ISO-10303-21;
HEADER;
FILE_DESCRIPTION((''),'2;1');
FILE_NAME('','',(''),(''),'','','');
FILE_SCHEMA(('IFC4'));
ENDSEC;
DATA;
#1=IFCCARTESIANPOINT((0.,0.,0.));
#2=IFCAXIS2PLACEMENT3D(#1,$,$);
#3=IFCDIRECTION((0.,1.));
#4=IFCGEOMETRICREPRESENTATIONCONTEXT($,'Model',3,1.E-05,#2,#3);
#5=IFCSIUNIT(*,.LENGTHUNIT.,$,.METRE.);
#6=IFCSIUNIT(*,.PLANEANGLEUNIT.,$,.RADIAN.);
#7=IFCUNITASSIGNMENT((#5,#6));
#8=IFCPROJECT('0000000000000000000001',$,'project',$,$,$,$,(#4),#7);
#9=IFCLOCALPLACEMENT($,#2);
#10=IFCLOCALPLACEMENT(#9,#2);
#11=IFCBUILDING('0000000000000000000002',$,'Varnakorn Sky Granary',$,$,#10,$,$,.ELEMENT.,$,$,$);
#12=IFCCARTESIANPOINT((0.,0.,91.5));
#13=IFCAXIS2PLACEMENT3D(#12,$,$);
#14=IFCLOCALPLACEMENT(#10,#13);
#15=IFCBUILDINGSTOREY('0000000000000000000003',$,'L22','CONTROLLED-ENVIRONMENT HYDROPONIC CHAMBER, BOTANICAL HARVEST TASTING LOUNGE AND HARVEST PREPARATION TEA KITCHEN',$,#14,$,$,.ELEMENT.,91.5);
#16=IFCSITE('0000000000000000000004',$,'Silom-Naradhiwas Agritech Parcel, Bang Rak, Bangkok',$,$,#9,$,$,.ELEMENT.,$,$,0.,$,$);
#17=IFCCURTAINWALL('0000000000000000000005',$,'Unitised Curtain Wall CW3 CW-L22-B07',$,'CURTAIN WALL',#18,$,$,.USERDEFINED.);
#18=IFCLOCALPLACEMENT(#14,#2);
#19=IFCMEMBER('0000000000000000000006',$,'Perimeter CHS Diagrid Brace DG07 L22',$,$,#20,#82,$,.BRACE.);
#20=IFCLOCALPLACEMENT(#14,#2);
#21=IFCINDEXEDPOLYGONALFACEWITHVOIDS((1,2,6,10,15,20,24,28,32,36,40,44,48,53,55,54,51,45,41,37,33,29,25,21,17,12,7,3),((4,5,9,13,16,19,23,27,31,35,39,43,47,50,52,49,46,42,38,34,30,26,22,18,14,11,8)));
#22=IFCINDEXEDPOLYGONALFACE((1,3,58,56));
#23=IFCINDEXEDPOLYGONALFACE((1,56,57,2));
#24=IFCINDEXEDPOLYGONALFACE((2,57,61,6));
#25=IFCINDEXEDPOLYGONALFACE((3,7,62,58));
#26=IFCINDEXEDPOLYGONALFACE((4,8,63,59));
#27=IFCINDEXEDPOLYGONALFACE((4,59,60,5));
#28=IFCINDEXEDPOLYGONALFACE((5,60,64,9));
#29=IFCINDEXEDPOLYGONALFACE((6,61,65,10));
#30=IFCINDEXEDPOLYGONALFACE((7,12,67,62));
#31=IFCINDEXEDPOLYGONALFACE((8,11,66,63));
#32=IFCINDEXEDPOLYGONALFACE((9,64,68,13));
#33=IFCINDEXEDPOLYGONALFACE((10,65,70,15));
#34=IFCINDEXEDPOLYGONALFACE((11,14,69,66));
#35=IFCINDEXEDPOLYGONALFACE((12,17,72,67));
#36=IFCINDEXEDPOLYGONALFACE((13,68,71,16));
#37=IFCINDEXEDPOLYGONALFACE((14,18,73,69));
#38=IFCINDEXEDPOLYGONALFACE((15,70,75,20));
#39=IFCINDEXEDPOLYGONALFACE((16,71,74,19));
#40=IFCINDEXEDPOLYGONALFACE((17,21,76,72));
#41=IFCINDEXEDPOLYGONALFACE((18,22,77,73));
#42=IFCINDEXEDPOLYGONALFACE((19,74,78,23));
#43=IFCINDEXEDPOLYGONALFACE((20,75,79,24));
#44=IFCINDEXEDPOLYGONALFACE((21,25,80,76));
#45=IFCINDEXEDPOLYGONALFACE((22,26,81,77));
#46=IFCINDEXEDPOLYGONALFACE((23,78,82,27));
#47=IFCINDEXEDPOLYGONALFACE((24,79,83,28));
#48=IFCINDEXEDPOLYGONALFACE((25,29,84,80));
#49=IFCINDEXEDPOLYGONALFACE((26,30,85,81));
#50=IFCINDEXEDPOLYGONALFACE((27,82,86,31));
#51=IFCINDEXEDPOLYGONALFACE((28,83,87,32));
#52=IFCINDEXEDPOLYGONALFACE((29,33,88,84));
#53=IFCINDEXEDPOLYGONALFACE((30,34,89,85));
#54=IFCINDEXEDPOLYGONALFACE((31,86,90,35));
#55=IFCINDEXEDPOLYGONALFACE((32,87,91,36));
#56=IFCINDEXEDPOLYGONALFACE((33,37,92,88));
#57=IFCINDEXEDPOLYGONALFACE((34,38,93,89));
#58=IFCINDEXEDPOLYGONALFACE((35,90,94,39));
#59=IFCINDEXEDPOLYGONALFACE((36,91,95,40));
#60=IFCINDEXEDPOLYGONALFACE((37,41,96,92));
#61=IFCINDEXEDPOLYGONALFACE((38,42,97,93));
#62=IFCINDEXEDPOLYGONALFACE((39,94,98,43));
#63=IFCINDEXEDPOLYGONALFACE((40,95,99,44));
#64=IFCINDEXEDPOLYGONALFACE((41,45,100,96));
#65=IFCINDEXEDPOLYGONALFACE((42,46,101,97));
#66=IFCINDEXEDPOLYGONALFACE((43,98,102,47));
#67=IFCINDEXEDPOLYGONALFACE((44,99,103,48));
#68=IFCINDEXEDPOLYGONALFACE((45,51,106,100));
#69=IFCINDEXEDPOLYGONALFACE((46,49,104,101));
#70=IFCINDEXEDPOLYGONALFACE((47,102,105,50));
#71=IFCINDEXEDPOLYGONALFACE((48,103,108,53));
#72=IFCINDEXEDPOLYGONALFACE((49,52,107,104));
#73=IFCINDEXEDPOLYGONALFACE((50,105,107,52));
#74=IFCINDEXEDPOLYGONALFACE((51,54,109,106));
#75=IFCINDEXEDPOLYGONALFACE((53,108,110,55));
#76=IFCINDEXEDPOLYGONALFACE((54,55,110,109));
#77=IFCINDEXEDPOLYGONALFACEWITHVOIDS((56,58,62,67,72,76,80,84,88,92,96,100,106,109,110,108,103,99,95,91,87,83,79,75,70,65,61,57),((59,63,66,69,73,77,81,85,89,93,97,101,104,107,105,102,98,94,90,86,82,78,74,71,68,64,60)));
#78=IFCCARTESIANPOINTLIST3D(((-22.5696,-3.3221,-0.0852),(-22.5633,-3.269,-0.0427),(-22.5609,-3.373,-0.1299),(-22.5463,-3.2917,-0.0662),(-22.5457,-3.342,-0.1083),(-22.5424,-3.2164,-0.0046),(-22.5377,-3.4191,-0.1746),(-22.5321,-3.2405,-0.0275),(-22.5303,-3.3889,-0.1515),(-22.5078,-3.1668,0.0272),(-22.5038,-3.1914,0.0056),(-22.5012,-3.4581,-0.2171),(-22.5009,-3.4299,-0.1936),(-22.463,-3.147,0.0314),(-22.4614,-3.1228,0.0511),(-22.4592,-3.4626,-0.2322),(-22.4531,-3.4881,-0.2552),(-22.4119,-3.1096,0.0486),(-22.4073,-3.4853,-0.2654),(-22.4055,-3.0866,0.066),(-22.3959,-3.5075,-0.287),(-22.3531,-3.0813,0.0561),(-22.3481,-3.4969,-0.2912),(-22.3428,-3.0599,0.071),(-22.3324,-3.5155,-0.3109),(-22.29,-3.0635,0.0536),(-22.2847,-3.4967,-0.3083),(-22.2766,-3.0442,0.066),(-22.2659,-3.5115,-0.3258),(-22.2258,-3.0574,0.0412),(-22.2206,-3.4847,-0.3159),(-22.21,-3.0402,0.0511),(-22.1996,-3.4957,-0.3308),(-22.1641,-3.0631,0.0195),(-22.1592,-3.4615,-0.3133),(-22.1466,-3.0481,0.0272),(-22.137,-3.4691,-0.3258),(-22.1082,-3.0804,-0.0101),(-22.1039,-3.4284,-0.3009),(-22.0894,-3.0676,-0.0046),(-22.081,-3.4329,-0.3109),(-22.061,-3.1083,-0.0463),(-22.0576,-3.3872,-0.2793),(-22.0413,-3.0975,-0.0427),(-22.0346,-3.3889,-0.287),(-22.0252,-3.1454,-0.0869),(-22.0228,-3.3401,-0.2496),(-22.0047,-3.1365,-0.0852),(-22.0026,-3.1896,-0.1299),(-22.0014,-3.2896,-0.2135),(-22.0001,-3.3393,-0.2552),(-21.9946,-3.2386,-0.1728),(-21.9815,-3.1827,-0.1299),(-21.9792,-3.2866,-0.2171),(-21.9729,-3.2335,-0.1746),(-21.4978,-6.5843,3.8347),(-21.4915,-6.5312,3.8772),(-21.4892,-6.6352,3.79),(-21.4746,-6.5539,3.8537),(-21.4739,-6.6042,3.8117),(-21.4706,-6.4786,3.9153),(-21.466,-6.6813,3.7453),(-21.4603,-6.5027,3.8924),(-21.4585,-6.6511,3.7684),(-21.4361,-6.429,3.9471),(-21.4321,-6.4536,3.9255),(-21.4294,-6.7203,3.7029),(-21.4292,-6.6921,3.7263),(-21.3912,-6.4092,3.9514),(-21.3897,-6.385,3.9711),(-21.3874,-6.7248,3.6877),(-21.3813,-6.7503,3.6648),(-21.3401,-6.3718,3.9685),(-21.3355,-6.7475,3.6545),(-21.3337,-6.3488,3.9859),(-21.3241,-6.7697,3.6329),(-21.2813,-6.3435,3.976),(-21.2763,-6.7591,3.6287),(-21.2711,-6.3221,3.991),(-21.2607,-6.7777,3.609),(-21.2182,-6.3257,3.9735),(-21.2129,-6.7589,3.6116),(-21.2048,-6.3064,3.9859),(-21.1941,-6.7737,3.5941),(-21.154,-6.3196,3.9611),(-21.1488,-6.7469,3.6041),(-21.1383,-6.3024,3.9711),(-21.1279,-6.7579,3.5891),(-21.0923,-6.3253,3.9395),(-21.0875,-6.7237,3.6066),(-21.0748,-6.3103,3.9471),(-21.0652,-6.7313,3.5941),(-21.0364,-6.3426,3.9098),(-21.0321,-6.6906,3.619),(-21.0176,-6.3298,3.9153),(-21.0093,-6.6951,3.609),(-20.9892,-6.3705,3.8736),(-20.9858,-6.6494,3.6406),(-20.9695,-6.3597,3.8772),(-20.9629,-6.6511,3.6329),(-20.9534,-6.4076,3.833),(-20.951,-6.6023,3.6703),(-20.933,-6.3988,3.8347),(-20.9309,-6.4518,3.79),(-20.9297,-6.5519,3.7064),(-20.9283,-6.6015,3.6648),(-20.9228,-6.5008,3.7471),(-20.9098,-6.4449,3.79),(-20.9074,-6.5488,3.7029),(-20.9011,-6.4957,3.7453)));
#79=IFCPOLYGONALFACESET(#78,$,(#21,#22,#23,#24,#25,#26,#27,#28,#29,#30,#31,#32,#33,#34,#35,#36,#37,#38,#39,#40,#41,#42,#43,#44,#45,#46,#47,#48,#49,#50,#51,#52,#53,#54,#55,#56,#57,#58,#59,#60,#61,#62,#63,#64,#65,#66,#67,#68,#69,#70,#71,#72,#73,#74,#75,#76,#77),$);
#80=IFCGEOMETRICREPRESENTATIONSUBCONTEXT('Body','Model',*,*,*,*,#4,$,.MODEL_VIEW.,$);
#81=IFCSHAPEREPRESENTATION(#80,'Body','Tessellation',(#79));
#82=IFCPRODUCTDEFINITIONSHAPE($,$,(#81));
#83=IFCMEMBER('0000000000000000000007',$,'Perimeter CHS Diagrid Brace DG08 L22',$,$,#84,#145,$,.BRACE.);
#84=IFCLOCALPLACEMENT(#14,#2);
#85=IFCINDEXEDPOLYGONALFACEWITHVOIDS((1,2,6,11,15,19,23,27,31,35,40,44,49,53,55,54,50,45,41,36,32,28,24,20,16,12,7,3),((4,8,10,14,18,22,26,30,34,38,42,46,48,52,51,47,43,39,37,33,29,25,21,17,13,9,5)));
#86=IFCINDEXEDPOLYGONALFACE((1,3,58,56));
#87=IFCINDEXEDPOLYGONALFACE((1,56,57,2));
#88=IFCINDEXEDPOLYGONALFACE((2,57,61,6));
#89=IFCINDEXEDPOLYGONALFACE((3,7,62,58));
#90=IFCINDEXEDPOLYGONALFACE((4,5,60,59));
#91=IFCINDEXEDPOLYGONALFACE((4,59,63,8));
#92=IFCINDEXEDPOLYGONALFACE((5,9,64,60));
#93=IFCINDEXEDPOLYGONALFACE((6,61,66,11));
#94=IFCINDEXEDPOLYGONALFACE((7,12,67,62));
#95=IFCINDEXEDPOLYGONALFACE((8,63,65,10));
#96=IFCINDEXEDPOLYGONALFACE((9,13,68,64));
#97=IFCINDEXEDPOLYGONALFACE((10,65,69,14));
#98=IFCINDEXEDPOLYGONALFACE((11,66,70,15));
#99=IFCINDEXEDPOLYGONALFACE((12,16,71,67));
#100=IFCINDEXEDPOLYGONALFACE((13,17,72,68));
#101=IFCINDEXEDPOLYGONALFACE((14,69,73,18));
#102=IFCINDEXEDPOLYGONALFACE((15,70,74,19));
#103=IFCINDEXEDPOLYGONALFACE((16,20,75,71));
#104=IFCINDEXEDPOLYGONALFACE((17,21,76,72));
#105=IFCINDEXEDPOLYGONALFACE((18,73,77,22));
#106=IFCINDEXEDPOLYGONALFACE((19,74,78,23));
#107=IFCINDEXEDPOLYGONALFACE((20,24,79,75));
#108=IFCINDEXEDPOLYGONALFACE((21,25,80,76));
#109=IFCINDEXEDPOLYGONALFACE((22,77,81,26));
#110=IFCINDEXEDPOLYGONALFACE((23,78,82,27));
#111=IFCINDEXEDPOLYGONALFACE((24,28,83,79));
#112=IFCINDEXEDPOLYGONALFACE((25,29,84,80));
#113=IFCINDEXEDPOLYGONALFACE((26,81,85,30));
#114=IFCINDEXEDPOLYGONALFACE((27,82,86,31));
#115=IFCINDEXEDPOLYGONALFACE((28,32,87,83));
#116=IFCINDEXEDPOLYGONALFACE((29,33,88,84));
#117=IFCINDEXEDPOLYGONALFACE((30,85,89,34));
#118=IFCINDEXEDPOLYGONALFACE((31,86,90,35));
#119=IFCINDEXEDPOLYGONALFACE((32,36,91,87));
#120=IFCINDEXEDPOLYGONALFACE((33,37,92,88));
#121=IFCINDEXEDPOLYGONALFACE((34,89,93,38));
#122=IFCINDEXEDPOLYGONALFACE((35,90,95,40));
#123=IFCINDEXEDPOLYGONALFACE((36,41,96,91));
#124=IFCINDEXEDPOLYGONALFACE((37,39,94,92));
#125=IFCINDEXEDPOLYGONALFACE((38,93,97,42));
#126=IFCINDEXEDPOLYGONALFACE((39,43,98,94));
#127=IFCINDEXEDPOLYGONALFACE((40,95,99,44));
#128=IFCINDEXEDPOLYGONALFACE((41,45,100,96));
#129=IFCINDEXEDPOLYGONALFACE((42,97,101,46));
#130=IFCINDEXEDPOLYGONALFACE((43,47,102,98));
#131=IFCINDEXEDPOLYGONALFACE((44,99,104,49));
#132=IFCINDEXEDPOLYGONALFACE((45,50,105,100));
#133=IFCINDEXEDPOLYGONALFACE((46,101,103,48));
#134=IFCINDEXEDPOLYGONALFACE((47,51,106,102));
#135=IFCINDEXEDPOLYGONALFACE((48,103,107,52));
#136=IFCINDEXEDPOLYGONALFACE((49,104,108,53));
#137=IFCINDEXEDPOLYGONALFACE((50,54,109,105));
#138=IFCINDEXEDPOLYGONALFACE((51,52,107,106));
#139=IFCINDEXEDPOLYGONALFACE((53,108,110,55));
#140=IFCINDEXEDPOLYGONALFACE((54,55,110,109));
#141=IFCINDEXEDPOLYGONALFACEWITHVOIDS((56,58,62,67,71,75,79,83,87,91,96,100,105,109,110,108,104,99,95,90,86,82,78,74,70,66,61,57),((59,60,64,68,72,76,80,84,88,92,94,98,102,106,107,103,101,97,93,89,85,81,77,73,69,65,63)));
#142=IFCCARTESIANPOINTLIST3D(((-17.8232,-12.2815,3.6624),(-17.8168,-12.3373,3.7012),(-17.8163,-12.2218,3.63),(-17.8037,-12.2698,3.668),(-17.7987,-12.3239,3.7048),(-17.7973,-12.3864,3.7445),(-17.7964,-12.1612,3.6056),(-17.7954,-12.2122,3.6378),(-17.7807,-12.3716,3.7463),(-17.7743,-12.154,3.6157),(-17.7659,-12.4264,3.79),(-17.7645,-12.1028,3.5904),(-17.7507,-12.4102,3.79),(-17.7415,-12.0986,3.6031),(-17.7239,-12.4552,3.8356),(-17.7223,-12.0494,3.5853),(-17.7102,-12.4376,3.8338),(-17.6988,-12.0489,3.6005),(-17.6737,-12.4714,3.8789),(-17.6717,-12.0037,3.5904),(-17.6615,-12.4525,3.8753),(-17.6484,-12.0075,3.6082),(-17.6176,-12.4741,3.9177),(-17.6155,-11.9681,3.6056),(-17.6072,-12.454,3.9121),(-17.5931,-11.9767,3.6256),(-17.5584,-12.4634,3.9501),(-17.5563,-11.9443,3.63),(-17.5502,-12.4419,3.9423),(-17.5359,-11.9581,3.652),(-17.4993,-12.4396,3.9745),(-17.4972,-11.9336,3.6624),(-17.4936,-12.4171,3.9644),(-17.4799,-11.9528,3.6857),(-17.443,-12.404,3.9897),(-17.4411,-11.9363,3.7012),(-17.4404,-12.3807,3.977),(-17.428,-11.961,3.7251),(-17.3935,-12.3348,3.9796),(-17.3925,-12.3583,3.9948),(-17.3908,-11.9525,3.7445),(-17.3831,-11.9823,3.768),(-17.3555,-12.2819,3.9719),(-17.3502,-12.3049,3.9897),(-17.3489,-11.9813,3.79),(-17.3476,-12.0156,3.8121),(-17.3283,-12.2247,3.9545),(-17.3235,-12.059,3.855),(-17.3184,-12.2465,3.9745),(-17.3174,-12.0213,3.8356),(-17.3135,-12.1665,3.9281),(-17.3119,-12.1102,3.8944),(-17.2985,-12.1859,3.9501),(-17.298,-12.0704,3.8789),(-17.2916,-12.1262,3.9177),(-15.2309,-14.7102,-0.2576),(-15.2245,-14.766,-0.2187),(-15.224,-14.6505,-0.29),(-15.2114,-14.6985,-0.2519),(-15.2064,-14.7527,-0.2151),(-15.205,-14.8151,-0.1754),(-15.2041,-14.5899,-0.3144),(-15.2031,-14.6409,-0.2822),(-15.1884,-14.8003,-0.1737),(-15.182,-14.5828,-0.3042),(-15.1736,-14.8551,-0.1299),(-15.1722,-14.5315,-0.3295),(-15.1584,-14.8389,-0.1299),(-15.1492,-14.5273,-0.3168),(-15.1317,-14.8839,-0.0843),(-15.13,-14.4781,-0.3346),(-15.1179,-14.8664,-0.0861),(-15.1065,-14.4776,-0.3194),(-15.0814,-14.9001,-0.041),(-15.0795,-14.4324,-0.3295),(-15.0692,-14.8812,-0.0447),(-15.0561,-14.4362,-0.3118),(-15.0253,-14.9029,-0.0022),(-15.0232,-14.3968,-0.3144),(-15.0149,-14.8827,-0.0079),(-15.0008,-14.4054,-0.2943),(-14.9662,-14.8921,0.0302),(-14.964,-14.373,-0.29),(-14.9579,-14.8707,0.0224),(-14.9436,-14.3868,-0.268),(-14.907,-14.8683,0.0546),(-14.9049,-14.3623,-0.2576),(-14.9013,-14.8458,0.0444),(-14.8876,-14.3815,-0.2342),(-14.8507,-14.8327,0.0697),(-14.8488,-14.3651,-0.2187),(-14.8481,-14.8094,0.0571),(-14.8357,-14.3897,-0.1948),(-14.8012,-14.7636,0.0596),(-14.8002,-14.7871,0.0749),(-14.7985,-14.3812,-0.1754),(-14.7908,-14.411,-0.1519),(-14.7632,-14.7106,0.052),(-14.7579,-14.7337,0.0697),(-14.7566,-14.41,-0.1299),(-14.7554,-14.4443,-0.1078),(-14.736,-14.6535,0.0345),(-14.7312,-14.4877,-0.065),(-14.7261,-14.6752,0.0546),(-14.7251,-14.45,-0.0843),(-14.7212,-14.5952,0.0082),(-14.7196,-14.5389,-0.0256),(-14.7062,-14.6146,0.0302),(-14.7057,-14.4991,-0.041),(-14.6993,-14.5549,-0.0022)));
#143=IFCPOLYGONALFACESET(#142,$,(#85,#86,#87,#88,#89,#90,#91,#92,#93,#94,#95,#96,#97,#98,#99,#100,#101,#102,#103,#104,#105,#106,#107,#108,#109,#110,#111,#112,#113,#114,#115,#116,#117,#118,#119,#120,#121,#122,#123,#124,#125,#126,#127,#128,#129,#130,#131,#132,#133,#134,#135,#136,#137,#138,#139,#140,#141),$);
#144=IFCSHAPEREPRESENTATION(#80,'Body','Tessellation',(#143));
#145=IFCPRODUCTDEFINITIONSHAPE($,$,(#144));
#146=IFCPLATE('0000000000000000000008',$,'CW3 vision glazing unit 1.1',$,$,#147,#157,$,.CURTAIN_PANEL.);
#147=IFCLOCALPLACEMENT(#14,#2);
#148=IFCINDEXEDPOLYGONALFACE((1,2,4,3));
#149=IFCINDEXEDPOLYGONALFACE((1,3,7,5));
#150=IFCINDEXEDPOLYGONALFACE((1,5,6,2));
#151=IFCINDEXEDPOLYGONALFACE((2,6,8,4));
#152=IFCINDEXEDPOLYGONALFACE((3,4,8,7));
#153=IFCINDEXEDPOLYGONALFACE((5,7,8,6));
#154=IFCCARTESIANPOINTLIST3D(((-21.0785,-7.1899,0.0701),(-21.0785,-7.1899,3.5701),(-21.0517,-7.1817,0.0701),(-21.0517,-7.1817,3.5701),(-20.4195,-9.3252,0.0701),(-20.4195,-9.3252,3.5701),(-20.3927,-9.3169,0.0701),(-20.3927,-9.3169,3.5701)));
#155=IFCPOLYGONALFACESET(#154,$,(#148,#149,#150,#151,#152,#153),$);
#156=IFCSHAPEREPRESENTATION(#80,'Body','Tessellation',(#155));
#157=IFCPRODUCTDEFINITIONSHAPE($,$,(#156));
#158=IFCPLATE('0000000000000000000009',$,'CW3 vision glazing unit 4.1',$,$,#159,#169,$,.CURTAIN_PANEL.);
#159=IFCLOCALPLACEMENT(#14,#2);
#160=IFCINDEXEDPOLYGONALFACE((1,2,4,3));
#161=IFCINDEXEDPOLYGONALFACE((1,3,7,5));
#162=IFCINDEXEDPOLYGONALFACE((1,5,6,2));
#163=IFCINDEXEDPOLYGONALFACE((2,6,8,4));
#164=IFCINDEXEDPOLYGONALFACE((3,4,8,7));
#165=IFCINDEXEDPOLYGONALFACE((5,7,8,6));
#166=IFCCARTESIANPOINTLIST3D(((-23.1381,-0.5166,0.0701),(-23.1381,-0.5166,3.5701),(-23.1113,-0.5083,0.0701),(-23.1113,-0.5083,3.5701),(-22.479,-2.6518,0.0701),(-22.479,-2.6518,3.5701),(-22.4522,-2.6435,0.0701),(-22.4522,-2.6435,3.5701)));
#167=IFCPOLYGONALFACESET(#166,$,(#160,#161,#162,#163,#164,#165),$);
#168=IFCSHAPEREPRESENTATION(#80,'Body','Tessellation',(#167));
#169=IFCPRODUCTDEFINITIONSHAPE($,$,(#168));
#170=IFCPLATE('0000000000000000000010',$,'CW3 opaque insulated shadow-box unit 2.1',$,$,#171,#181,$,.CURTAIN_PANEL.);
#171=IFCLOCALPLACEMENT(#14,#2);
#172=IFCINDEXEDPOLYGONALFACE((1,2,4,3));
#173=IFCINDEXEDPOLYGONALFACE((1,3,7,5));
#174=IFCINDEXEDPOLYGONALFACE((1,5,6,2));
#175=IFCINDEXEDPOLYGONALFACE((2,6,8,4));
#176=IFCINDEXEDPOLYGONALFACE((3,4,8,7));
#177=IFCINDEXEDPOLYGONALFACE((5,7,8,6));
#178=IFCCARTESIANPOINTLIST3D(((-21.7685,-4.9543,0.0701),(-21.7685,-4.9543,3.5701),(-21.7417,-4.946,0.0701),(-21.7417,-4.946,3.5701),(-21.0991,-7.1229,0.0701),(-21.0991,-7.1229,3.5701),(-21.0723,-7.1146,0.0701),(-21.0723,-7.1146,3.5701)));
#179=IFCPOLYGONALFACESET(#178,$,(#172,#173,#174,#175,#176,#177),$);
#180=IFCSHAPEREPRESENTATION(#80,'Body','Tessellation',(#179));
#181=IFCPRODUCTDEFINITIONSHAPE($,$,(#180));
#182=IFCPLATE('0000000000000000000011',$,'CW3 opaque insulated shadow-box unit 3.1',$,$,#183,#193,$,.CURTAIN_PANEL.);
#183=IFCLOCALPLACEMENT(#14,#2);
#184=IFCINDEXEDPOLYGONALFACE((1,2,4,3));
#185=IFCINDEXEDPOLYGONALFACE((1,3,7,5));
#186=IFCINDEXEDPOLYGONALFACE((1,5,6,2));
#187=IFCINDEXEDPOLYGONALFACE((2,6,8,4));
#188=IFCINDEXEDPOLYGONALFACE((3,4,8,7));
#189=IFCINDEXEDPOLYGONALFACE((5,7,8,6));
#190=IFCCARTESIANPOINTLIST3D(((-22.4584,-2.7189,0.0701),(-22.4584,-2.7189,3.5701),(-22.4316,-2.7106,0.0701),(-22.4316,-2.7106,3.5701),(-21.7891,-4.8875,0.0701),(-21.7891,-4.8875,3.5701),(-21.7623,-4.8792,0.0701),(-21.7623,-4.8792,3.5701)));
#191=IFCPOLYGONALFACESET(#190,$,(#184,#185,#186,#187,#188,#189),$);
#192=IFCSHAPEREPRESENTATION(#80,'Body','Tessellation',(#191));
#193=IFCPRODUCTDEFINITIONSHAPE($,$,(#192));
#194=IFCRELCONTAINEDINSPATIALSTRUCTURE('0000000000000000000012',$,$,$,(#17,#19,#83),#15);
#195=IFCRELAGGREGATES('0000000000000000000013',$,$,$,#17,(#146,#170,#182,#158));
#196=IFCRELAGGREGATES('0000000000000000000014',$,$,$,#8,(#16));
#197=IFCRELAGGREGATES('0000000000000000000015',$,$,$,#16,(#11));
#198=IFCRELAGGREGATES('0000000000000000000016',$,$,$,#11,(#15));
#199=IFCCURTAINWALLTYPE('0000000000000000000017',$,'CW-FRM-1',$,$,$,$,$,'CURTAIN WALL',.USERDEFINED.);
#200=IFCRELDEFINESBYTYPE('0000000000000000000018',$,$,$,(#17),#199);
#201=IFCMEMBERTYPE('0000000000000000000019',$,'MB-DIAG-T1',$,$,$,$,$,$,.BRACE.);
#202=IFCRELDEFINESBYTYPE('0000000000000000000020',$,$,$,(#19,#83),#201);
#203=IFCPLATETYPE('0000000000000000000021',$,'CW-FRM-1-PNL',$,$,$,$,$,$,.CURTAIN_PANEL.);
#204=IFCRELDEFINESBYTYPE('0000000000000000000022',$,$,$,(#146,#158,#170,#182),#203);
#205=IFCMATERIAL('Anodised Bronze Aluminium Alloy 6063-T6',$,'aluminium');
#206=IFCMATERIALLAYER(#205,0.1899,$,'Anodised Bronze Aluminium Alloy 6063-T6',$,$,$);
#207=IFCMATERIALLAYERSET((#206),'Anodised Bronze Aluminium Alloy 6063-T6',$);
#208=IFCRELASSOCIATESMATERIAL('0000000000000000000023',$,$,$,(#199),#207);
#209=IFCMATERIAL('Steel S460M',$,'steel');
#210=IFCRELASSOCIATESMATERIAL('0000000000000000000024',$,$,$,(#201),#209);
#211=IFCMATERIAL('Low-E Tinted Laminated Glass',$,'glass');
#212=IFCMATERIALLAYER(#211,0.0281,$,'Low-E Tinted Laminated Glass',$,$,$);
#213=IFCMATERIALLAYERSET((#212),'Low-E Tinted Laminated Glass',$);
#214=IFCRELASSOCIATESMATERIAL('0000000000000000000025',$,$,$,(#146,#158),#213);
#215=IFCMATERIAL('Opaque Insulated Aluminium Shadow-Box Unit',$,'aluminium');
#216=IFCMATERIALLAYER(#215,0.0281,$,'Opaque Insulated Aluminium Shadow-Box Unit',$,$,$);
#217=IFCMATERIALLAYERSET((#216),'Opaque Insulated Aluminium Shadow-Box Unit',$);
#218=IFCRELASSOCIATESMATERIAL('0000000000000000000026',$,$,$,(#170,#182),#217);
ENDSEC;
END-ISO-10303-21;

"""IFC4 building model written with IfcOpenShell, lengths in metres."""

from ifc_helpers import new_model, si_unit, direction, frame, origin, origin_2d, place, context, subcontext, project, spatial, rectangle, hollow_circle, extrude, source, transform, mapped, material, layer, layer_set, material_profile, profile_set, type_object, element, aggregate, save


model = new_model("IFC4")

# Units and contexts
model_context = context("Model", 3, precision=1e-05, world=origin(), true_north=direction((0.0, 1.0)))
body_context = subcontext(model_context, "Body", "Model", "MODEL_VIEW")
ifc_project = project(units=[si_unit("LENGTHUNIT", "METRE"), si_unit("PLANEANGLEUNIT", "RADIAN")], contexts=[model_context])

# Site, building, storey
site_placement = place(None, origin())
site = spatial("IfcSite", under=ifc_project, at=site_placement, Name="Silom-Naradhiwas Agritech Parcel, Bang Rak, Bangkok", CompositionType="ELEMENT", RefElevation=0.0)
building_placement = place(site_placement, origin())
building = spatial("IfcBuilding", under=site, at=building_placement, Name="Varnakorn Sky Granary", CompositionType="ELEMENT")
storey_placement = place(building_placement, frame((0.0, 0.0, 91.5)))
storey = spatial("IfcBuildingStorey", under=building, at=storey_placement, Name="L22", Description="CONTROLLED-ENVIRONMENT HYDROPONIC CHAMBER, BOTANICAL HARVEST TASTING LOUNGE AND HARVEST PREPARATION TEA KITCHEN", CompositionType="ELEMENT", Elevation=91.5)

# Shared definitions
ifc_material_1 = material(Name="Steel S460M", Category="steel")

# Curtain wall
ifc_material_2 = material(Name="Anodised Bronze Aluminium Alloy 6063-T6", Category="aluminium")
ifc_layer_1 = layer(ifc_material_2, 0.1899, Name="Anodised Bronze Aluminium Alloy 6063-T6")
ifc_layer_set_1 = layer_set([ifc_layer_1], Name="Anodised Bronze Aluminium Alloy 6063-T6")
curtain_wall_type = type_object("IfcCurtainWallType", Name="CW-FRM-1", ElementType="CURTAIN WALL", PredefinedType="USERDEFINED", material=ifc_layer_set_1)
curtain_wall_1_placement = place(storey_placement, origin())
curtain_wall_1 = element("IfcCurtainWall", 1, at=curtain_wall_1_placement, inside=storey, type_object=curtain_wall_type, Name="Unitised Curtain Wall CW3 CW-L22-B07", ObjectType="CURTAIN WALL", PredefinedType="USERDEFINED")

# Members
ifc_material_profile_1 = material_profile(ifc_material_1, hollow_circle(Radius=0.3049, WallThickness=0.0222, at=origin_2d()), Name="CHS 610x22")
ifc_profile_set_1 = profile_set([ifc_material_profile_1], Name="Steel S460M")
member_type_1 = type_object("IfcMemberType", Name="MB-DIAG-T1", PredefinedType="BRACE", material=ifc_profile_set_1)
member_1_placement = place(storey_placement, frame((-22.2712, -3.2778, -0.1299), z_axis=(0.205668, -0.626001, 0.752213), x_axis=(0.95004, 0.312129, 0.0)))
element("IfcMember", 2, at=member_1_placement, inside=storey, type_object=member_type_1, Name="Perimeter CHS Diagrid Brace DG07 L22", PredefinedType="BRACE", context=body_context, shape_type="SweptSolid", body=[
    extrude(hollow_circle(Radius=0.3049, WallThickness=0.0222, at=origin_2d()), origin(), (0.0, 0.0, 1.0), 5.2112),
])
member_2_placement = place(storey_placement, frame((-14.9651, -14.6326, -0.1299), z_axis=(-0.490033, 0.459111, 0.741002), x_axis=(-0.683708, -0.729756, 0.0)))
element("IfcMember", 3, at=member_2_placement, inside=storey, type_object=member_type_1, Name="Perimeter CHS Diagrid Brace DG08 L22", PredefinedType="BRACE", context=body_context, shape_type="SweptSolid", body=[
    extrude(hollow_circle(Radius=0.3049, WallThickness=0.0222, at=origin_2d()), origin(), (0.0, 0.0, 1.0), 5.29),
])

# Plates
ifc_material_3 = material(Name="Low-E Tinted Laminated Glass", Category="glass")
ifc_layer_2 = layer(ifc_material_3, 0.0281, Name="Low-E Tinted Laminated Glass")
ifc_layer_set_2 = layer_set([ifc_layer_2], Name="Low-E Tinted Laminated Glass")
plate_type = type_object("IfcPlateType", Name="CW-FRM-1-PNL", PredefinedType="CURTAIN_PANEL")
shared_shape_1 = source(origin(), body_context, "Body", "SweptSolid", [
    extrude(rectangle(XDim=2.2346, YDim=0.0281, at=origin_2d()), origin(), (0.0, 0.0, 1.0), 3.5),
])
plate_1_placement = place(storey_placement, frame((-20.7356, -8.2534, 0.0701), z_axis=(0.0, 0.0, 1.0), x_axis=(-0.294933, 0.955518, 0.0)))
plate_1 = element("IfcPlate", 4, at=plate_1_placement, type_object=plate_type, material=ifc_layer_set_2, Name="CW3 vision glazing unit 1.1", PredefinedType="CURTAIN_PANEL", context=body_context, shape_type="MappedRepresentation", body=[
    mapped(shared_shape_1, transform((0.0, 0.0, 0.0), x_axis=(1.0, 0.0, 0.0), y_axis=(0.0, 1.0, 0.0), z_axis=(0.0, 0.0, 1.0), scale=1.0)),
])
plate_2_placement = place(storey_placement, frame((-22.7952, -1.5801, 0.0701), z_axis=(0.0, 0.0, 1.0), x_axis=(-0.294933, 0.955518, 0.0)))
plate_2 = element("IfcPlate", 5, at=plate_2_placement, type_object=plate_type, material=ifc_layer_set_2, Name="CW3 vision glazing unit 4.1", PredefinedType="CURTAIN_PANEL", context=body_context, shape_type="MappedRepresentation", body=[
    mapped(shared_shape_1, transform((0.0, 0.0, 0.0), x_axis=(1.0, 0.0, 0.0), y_axis=(0.0, 1.0, 0.0), z_axis=(0.0, 0.0, 1.0), scale=1.0)),
])
ifc_material_4 = material(Name="Opaque Insulated Aluminium Shadow-Box Unit", Category="aluminium")
ifc_layer_3 = layer(ifc_material_4, 0.0281, Name="Opaque Insulated Aluminium Shadow-Box Unit")
ifc_layer_set_3 = layer_set([ifc_layer_3], Name="Opaque Insulated Aluminium Shadow-Box Unit")
shared_shape_2 = source(origin(), body_context, "Body", "SweptSolid", [
    extrude(rectangle(XDim=2.2695, YDim=0.0281, at=origin_2d()), origin(), (0.0, 0.0, 1.0), 3.5),
])
plate_3_placement = place(storey_placement, frame((-21.4204, -6.0344, 0.0701), z_axis=(0.0, 0.0, 1.0), x_axis=(-0.294933, 0.955518, 0.0)))
plate_3 = element("IfcPlate", 6, at=plate_3_placement, type_object=plate_type, material=ifc_layer_set_3, Name="CW3 opaque insulated shadow-box unit 2.1", PredefinedType="CURTAIN_PANEL", context=body_context, shape_type="MappedRepresentation", body=[
    mapped(shared_shape_2, transform((0.0, 0.0, 0.0), x_axis=(1.0, 0.0, 0.0), y_axis=(0.0, 1.0, 0.0), z_axis=(0.0, 0.0, 1.0), scale=1.0)),
])
plate_4_placement = place(storey_placement, frame((-22.1104, -3.7991, 0.0701), z_axis=(0.0, 0.0, 1.0), x_axis=(-0.294933, 0.955518, 0.0)))
plate_4 = element("IfcPlate", 7, at=plate_4_placement, type_object=plate_type, material=ifc_layer_set_3, Name="CW3 opaque insulated shadow-box unit 3.1", PredefinedType="CURTAIN_PANEL", context=body_context, shape_type="MappedRepresentation", body=[
    mapped(shared_shape_2, transform((0.0, 0.0, 0.0), x_axis=(1.0, 0.0, 0.0), y_axis=(0.0, 1.0, 0.0), z_axis=(0.0, 0.0, 1.0), scale=1.0)),
])
aggregate(curtain_wall_1, [plate_1, plate_3, plate_4, plate_2])

save(model, "model.ifc")
